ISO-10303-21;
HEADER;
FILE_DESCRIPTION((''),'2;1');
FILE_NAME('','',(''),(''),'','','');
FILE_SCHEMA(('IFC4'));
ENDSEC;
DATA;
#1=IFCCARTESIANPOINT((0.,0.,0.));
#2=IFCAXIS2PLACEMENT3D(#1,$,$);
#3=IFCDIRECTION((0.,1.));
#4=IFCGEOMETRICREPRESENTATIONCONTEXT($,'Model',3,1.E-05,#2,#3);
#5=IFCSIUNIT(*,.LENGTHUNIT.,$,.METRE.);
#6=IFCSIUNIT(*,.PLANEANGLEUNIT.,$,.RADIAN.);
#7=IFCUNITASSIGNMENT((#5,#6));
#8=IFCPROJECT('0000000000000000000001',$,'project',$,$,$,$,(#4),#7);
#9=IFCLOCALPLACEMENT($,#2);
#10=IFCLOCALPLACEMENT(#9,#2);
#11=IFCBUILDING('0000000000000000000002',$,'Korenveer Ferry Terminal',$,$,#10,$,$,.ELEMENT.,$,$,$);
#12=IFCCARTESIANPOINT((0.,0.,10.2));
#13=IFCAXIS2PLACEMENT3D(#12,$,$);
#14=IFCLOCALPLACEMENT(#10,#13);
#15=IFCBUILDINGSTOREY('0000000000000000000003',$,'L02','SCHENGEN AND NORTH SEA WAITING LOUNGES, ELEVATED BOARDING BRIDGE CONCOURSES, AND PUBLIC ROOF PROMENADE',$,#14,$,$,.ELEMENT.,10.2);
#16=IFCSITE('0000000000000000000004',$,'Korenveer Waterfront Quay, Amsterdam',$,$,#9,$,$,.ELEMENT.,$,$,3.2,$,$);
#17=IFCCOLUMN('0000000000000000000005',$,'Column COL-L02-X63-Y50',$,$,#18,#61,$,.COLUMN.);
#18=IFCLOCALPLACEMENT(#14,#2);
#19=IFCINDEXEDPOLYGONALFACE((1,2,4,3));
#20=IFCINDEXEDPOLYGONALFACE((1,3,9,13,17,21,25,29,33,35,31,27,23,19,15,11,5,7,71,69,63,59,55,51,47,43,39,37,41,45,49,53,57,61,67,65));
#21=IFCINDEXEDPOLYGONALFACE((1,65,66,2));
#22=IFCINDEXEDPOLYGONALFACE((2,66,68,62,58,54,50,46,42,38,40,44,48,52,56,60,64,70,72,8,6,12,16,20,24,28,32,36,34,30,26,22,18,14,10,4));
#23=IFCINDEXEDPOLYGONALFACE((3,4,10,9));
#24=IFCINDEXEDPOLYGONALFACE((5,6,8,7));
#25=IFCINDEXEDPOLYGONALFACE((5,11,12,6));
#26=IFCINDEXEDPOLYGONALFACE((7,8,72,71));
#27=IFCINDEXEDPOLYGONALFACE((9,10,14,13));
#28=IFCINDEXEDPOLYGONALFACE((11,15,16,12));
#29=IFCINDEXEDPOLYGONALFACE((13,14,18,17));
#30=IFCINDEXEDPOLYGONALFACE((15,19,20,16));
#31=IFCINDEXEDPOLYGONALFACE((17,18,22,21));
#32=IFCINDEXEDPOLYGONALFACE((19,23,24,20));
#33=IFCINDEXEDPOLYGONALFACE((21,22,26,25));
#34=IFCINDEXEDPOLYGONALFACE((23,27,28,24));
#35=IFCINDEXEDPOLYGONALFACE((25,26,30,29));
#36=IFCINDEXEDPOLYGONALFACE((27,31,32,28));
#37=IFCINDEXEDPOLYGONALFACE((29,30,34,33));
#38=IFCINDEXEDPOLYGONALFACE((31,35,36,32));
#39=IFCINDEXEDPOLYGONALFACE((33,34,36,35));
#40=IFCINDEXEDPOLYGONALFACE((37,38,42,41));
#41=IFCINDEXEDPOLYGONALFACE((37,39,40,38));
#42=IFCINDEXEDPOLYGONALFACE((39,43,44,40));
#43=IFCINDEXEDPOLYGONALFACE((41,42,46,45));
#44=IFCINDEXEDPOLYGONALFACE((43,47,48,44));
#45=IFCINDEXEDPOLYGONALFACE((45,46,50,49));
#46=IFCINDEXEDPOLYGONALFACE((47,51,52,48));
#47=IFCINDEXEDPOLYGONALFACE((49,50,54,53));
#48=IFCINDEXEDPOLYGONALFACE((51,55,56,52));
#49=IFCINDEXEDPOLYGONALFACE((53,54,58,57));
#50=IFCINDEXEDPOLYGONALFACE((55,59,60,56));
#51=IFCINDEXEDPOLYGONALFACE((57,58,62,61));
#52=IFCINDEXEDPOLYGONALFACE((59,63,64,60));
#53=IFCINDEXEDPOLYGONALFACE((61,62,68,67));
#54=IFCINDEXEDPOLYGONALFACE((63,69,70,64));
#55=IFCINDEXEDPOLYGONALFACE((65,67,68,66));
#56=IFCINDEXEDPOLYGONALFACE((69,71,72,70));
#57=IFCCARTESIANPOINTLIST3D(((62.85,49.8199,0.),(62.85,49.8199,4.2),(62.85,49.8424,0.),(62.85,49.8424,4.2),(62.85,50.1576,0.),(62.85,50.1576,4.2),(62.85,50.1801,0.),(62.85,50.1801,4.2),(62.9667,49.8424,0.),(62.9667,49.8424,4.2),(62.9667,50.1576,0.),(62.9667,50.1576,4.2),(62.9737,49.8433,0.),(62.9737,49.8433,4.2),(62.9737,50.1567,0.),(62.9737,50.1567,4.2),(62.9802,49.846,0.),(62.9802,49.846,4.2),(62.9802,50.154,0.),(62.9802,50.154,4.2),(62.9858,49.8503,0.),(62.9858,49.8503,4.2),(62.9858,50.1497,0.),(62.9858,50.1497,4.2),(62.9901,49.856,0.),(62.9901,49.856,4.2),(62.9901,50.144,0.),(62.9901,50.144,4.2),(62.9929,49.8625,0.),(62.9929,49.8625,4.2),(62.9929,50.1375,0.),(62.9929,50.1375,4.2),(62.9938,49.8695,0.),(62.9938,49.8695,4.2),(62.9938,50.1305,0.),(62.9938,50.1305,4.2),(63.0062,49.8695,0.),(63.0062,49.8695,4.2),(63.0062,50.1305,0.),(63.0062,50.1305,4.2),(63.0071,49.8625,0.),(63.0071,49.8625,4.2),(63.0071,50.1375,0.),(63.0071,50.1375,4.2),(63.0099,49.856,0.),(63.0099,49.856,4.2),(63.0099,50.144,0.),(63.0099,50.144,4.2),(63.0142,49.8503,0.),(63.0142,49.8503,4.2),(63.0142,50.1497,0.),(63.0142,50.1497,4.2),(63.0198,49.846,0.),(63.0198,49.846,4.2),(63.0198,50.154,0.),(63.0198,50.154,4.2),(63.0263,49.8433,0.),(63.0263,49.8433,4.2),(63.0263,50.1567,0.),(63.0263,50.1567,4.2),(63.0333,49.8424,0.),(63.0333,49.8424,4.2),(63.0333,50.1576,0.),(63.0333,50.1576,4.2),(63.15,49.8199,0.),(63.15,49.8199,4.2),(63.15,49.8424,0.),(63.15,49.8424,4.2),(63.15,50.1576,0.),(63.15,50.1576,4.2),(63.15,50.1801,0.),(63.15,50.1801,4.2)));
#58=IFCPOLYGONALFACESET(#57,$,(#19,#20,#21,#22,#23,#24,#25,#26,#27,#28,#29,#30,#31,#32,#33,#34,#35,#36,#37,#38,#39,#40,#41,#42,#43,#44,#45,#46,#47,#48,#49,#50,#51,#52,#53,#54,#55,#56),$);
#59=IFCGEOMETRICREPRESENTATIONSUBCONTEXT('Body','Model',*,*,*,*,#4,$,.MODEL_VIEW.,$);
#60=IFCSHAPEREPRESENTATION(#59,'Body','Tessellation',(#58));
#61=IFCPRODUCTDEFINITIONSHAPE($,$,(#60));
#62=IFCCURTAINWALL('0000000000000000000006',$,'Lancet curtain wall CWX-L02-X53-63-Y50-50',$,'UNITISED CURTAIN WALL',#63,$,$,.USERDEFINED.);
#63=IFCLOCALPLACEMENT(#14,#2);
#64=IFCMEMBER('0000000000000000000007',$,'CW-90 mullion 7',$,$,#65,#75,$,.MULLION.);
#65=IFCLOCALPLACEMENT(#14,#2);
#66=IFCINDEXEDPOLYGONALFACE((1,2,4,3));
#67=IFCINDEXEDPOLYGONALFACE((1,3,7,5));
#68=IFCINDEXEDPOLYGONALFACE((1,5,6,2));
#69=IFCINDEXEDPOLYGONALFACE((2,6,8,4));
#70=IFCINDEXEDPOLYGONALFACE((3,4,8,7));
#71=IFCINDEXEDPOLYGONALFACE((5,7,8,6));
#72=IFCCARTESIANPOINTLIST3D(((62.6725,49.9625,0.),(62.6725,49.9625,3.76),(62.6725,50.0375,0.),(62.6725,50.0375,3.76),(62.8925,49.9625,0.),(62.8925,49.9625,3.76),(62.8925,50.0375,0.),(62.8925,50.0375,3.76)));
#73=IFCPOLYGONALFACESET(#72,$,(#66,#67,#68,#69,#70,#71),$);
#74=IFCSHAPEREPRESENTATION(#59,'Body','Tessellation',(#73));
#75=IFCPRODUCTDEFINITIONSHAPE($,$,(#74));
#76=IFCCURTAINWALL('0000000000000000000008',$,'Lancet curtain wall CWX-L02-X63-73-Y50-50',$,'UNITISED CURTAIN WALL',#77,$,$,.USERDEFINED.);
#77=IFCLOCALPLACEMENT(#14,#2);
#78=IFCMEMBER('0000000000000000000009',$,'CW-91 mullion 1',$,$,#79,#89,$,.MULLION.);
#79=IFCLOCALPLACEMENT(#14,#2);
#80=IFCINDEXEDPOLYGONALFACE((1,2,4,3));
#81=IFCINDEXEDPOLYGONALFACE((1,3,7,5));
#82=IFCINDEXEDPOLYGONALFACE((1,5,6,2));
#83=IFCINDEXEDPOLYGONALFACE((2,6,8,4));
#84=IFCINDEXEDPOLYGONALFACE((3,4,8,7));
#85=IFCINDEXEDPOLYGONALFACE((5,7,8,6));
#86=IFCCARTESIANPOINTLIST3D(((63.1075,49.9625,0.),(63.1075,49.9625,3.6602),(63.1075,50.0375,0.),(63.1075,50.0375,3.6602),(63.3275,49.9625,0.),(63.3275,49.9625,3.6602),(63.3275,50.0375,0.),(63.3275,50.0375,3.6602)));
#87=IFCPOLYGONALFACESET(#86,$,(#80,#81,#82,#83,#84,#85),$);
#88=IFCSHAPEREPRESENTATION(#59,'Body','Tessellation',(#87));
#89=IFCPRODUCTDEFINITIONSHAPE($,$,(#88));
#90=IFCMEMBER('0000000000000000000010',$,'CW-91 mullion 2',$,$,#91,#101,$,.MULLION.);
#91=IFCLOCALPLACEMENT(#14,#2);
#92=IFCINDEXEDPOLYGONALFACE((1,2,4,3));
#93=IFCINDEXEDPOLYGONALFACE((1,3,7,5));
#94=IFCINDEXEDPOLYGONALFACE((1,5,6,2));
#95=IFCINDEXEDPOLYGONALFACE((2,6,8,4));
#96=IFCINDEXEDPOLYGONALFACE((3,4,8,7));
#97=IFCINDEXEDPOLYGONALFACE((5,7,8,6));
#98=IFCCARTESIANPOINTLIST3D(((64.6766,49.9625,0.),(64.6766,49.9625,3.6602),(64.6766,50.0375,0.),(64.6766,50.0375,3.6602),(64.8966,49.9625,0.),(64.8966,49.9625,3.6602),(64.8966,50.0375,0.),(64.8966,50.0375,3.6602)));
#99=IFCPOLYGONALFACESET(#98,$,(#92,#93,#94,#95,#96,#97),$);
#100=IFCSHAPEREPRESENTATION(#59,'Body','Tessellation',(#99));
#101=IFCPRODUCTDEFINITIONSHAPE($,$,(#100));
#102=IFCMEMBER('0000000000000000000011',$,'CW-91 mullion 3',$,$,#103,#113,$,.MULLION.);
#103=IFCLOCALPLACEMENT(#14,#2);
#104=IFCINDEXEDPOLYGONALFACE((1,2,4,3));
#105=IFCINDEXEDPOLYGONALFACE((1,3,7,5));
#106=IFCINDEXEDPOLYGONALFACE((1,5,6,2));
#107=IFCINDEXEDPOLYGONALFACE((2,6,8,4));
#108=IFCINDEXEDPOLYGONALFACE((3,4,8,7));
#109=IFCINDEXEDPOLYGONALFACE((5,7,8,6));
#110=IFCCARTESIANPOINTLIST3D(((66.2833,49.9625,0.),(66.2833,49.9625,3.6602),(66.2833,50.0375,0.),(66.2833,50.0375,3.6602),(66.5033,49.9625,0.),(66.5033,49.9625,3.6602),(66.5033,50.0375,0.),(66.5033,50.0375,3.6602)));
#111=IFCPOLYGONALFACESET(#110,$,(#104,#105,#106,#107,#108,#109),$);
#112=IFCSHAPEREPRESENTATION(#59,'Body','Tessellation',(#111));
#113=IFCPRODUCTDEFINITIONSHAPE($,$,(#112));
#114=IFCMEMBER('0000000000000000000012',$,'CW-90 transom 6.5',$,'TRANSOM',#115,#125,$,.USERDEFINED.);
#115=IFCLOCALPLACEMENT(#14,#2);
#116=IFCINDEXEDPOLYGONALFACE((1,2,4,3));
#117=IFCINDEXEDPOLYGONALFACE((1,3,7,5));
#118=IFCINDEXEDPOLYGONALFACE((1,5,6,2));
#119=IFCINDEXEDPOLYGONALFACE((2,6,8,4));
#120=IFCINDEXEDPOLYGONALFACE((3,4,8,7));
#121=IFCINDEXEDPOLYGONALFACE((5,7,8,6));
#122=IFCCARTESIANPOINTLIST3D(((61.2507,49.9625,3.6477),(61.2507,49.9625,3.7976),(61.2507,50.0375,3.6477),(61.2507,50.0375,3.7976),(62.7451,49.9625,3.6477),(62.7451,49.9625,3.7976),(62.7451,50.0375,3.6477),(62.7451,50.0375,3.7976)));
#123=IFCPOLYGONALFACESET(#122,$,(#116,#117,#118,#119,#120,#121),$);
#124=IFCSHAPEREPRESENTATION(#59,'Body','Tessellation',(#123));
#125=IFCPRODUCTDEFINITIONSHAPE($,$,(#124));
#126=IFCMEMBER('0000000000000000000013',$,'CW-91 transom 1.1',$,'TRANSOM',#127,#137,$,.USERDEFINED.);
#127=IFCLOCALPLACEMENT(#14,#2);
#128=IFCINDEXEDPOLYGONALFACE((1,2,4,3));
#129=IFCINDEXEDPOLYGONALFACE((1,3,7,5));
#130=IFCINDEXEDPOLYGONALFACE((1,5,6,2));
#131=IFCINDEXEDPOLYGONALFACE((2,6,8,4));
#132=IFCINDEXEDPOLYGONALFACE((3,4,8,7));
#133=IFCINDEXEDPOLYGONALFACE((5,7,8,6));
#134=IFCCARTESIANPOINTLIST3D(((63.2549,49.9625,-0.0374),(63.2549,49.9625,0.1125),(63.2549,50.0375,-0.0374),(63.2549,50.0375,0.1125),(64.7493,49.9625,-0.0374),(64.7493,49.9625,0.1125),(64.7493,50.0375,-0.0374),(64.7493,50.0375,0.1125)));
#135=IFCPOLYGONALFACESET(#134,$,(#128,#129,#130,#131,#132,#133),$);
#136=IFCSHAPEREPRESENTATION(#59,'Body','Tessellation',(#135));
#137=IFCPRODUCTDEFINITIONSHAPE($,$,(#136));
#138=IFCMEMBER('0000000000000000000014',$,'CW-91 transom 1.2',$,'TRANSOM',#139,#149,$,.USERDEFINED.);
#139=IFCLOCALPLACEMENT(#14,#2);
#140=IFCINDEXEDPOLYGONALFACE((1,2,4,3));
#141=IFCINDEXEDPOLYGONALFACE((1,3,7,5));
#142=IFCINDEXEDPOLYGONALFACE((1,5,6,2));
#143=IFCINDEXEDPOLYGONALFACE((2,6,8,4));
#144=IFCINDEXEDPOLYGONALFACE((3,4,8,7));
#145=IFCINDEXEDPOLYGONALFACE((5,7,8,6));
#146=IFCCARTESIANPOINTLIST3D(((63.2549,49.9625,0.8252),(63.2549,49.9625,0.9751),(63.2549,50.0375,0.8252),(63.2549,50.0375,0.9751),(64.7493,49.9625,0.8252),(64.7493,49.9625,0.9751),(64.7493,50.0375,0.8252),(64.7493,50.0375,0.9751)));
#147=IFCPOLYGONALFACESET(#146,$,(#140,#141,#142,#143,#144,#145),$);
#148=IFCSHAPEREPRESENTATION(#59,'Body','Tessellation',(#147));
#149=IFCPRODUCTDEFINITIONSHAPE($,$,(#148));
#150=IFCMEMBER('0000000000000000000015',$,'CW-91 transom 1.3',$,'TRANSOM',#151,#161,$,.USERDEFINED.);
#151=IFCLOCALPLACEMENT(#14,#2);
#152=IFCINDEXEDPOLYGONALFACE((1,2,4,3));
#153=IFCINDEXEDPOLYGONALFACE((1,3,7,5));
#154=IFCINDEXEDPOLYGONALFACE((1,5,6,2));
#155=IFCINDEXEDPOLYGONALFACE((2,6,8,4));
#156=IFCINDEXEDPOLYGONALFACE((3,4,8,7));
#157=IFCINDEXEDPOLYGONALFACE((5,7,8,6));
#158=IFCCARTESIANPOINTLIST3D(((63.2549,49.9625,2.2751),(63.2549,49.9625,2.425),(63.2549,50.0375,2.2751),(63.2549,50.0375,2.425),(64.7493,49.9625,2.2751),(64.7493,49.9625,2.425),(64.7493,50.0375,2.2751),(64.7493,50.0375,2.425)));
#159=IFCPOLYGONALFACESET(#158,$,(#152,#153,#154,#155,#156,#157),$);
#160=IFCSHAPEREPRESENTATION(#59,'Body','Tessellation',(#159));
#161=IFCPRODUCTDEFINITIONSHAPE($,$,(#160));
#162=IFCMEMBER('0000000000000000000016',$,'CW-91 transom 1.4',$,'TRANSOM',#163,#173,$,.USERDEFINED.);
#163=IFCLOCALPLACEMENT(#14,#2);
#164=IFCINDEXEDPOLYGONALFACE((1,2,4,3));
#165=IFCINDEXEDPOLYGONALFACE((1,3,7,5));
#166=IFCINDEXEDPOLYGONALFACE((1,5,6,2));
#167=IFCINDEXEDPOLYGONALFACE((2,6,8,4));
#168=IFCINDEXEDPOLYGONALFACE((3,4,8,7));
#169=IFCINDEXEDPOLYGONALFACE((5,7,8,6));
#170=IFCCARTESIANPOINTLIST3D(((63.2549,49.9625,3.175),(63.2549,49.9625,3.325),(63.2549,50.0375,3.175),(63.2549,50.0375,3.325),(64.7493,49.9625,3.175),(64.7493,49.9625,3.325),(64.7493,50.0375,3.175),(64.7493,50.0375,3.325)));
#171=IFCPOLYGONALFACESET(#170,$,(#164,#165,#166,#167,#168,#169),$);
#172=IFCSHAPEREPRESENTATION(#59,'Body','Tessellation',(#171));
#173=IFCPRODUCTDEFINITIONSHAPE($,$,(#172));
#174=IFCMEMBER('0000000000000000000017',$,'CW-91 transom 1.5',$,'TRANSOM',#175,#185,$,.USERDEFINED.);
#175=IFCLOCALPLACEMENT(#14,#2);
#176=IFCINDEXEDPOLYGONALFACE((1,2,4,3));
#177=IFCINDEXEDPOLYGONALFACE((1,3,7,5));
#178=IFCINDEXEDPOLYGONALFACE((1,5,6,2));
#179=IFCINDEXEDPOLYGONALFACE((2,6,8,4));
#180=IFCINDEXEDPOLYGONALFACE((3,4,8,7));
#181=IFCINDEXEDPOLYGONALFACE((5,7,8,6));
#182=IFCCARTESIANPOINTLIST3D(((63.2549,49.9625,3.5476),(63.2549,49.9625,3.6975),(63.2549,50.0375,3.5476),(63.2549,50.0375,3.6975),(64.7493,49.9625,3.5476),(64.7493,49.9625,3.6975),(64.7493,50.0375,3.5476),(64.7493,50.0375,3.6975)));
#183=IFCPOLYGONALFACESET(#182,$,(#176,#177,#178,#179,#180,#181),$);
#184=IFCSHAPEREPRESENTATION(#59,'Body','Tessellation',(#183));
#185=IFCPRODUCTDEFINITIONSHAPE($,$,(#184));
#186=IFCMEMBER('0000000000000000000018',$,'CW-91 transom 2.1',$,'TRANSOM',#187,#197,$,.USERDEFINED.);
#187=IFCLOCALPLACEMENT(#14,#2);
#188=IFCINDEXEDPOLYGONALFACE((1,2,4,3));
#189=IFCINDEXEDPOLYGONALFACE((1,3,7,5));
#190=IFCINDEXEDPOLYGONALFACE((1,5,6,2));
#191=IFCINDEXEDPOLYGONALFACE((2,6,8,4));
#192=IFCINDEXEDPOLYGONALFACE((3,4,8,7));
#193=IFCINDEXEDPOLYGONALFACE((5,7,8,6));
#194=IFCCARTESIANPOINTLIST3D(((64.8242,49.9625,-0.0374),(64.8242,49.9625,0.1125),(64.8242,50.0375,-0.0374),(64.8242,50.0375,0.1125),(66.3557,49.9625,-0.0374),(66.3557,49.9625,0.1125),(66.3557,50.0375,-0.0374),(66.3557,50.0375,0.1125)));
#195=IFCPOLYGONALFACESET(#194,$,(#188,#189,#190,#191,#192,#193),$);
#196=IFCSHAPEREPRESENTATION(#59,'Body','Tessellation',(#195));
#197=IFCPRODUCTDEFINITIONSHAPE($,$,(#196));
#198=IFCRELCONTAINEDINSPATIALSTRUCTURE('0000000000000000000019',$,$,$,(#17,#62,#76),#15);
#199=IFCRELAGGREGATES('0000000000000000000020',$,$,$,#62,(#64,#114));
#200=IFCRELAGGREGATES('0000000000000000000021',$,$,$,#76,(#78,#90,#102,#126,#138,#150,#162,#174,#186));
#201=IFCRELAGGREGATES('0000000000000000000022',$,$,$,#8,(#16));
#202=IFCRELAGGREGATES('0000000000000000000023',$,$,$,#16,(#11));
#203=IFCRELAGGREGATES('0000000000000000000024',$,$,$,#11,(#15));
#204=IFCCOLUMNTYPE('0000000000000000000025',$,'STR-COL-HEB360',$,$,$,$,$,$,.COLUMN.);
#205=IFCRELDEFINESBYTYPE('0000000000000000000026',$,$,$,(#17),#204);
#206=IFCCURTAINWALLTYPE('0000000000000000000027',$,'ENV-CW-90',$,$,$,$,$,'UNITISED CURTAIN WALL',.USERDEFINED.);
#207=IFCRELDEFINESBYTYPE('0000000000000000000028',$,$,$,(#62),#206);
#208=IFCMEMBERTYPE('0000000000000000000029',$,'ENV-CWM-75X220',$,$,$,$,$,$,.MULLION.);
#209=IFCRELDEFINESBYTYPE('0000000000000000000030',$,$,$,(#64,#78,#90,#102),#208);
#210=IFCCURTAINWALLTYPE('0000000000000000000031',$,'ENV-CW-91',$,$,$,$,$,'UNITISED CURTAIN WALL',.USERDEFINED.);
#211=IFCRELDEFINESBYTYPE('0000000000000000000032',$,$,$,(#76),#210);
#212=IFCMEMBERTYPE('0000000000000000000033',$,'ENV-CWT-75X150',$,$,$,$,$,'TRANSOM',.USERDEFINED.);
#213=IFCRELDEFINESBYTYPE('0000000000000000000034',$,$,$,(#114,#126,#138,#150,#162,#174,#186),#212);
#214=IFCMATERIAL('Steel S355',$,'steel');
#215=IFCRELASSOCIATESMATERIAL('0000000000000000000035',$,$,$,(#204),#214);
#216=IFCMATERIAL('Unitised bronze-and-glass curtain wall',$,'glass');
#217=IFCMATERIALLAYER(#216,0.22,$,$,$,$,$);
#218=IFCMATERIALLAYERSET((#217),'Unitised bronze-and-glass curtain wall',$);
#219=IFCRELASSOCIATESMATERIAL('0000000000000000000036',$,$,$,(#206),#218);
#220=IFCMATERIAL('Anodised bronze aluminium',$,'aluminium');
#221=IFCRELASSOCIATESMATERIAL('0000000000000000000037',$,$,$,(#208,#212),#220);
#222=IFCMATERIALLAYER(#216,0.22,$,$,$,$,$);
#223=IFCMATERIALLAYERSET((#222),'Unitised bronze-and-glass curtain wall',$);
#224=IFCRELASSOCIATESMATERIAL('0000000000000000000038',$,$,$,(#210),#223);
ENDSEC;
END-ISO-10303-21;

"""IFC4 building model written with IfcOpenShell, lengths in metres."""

from ifc_helpers import new_model, si_unit, direction, frame, origin, origin_2d, place, context, subcontext, project, spatial, rectangle, i_section, extrude, material, layer, layer_set, material_profile, profile_set, type_object, element, aggregate, save


model = new_model("IFC4")

# Units and contexts
model_context = context("Model", 3, precision=1e-05, world=origin(), true_north=direction((0.0, 1.0)))
body_context = subcontext(model_context, "Body", "Model", "MODEL_VIEW")
ifc_project = project(units=[si_unit("LENGTHUNIT", "METRE"), si_unit("PLANEANGLEUNIT", "RADIAN")], contexts=[model_context])

# Site, building, storey
site_placement = place(None, origin())
site = spatial("IfcSite", under=ifc_project, at=site_placement, Name="Korenveer Waterfront Quay, Amsterdam", CompositionType="ELEMENT", RefElevation=3.2)
building_placement = place(site_placement, origin())
building = spatial("IfcBuilding", under=site, at=building_placement, Name="Korenveer Ferry Terminal", CompositionType="ELEMENT")
storey_placement = place(building_placement, frame((0.0, 0.0, 10.2)))
storey = spatial("IfcBuildingStorey", under=building, at=storey_placement, Name="L02", Description="SCHENGEN AND NORTH SEA WAITING LOUNGES, ELEVATED BOARDING BRIDGE CONCOURSES, AND PUBLIC ROOF PROMENADE", CompositionType="ELEMENT", Elevation=10.2)

# Column
ifc_material_1 = material(Name="Steel S355", Category="steel")
ifc_material_profile_1 = material_profile(ifc_material_1, i_section(OverallWidth=0.3, OverallDepth=0.3601, WebThickness=0.0125, FlangeThickness=0.0225, FilletRadius=0.0271, at=origin_2d()), Name="HEB 360")
ifc_profile_set_1 = profile_set([ifc_material_profile_1], Name="Steel S355")
column_type = type_object("IfcColumnType", Name="STR-COL-HEB360", PredefinedType="COLUMN", material=ifc_profile_set_1)
column_placement = place(storey_placement, frame((63.0, 50.0, 0.0), z_axis=(0.0, 0.0, 1.0), x_axis=(1.0, 0.0, 0.0)))
element("IfcColumn", 1, at=column_placement, inside=storey, type_object=column_type, Name="Column COL-L02-X63-Y50", PredefinedType="COLUMN", context=body_context, shape_type="SweptSolid", body=[
    extrude(i_section(OverallWidth=0.3, OverallDepth=0.3601, WebThickness=0.0125, FlangeThickness=0.0225, FilletRadius=0.0271, at=origin_2d()), origin(), (0.0, 0.0, 1.0), 4.2),
])

# Curtain wall, member
ifc_material_2 = material(Name="Unitised bronze-and-glass curtain wall", Category="glass")
ifc_layer_1 = layer(ifc_material_2, 0.22)
ifc_layer_set_1 = layer_set([ifc_layer_1], Name="Unitised bronze-and-glass curtain wall")
curtain_wall_type_1 = type_object("IfcCurtainWallType", Name="ENV-CW-90", ElementType="UNITISED CURTAIN WALL", PredefinedType="USERDEFINED", material=ifc_layer_set_1)
curtain_wall_1_placement = place(storey_placement, frame((53.1799, 50.0, 0.0)))
curtain_wall_1 = element("IfcCurtainWall", 2, at=curtain_wall_1_placement, inside=storey, type_object=curtain_wall_type_1, Name="Lancet curtain wall CWX-L02-X53-63-Y50-50", ObjectType="UNITISED CURTAIN WALL", PredefinedType="USERDEFINED")
ifc_material_3 = material(Name="Anodised bronze aluminium", Category="aluminium")
ifc_material_profile_2 = material_profile(ifc_material_3, rectangle(XDim=0.075, YDim=0.22, at=origin_2d()), Name="ALU 75x220")
ifc_profile_set_2 = profile_set([ifc_material_profile_2], Name="Anodised bronze aluminium")
member_type_1 = type_object("IfcMemberType", Name="ENV-CWM-75X220", PredefinedType="MULLION", material=ifc_profile_set_2)
member_1_placement = place(storey_placement, frame((62.7825, 50.0, 0.0), z_axis=(0.0, 0.0, 1.0), x_axis=(0.0, 1.0, 0.0)))
member_1 = element("IfcMember", 3, at=member_1_placement, type_object=member_type_1, Name="CW-90 mullion 7", PredefinedType="MULLION", context=body_context, shape_type="SweptSolid", body=[
    extrude(rectangle(XDim=0.075, YDim=0.22, at=origin_2d()), origin(), (0.0, 0.0, 1.0), 3.76),
])

# Curtain wall, members
ifc_layer_2 = layer(ifc_material_2, 0.22)
ifc_layer_set_2 = layer_set([ifc_layer_2], Name="Unitised bronze-and-glass curtain wall")
curtain_wall_type_2 = type_object("IfcCurtainWallType", Name="ENV-CW-91", ElementType="UNITISED CURTAIN WALL", PredefinedType="USERDEFINED", material=ifc_layer_set_2)
curtain_wall_2_placement = place(storey_placement, frame((63.1799, 50.0, 0.0)))
curtain_wall_2 = element("IfcCurtainWall", 4, at=curtain_wall_2_placement, inside=storey, type_object=curtain_wall_type_2, Name="Lancet curtain wall CWX-L02-X63-73-Y50-50", ObjectType="UNITISED CURTAIN WALL", PredefinedType="USERDEFINED")
member_2_placement = place(storey_placement, frame((63.2175, 50.0, 0.0), z_axis=(0.0, 0.0, 1.0), x_axis=(0.0, 1.0, 0.0)))
member_2 = element("IfcMember", 5, at=member_2_placement, type_object=member_type_1, Name="CW-91 mullion 1", PredefinedType="MULLION", context=body_context, shape_type="SweptSolid", body=[
    extrude(rectangle(XDim=0.075, YDim=0.22, at=origin_2d()), origin(), (0.0, 0.0, 1.0), 3.6602),
])
member_3_placement = place(storey_placement, frame((64.7866, 50.0, 0.0), z_axis=(0.0, 0.0, 1.0), x_axis=(0.0, 1.0, 0.0)))
member_3 = element("IfcMember", 6, at=member_3_placement, type_object=member_type_1, Name="CW-91 mullion 2", PredefinedType="MULLION", context=body_context, shape_type="SweptSolid", body=[
    extrude(rectangle(XDim=0.075, YDim=0.22, at=origin_2d()), origin(), (0.0, 0.0, 1.0), 3.6602),
])
member_4_placement = place(storey_placement, frame((66.3933, 50.0, 0.0), z_axis=(0.0, 0.0, 1.0), x_axis=(0.0, 1.0, 0.0)))
member_4 = element("IfcMember", 7, at=member_4_placement, type_object=member_type_1, Name="CW-91 mullion 3", PredefinedType="MULLION", context=body_context, shape_type="SweptSolid", body=[
    extrude(rectangle(XDim=0.075, YDim=0.22, at=origin_2d()), origin(), (0.0, 0.0, 1.0), 3.6602),
])

# Members
ifc_material_profile_3 = material_profile(ifc_material_3, rectangle(XDim=0.075, YDim=0.1499, at=origin_2d()), Name="ALU 75x150")
ifc_profile_set_3 = profile_set([ifc_material_profile_3], Name="Anodised bronze aluminium")
member_type_2 = type_object("IfcMemberType", Name="ENV-CWT-75X150", ElementType="TRANSOM", PredefinedType="USERDEFINED", material=ifc_profile_set_3)
member_5_placement = place(storey_placement, frame((61.2507, 50.0, 3.7227), z_axis=(1.0, 0.0, 0.0), x_axis=(0.0, 1.0, 0.0)))
member_5 = element("IfcMember", 8, at=member_5_placement, type_object=member_type_2, Name="CW-90 transom 6.5", ObjectType="TRANSOM", PredefinedType="USERDEFINED", context=body_context, shape_type="SweptSolid", body=[
    extrude(rectangle(XDim=0.075, YDim=0.1499, at=origin_2d()), origin(), (0.0, 0.0, 1.0), 1.4944),
])
member_6_placement = place(storey_placement, frame((63.2549, 50.0, 0.0376), z_axis=(1.0, 0.0, 0.0), x_axis=(0.0, 1.0, 0.0)))
member_6 = element("IfcMember", 9, at=member_6_placement, type_object=member_type_2, Name="CW-91 transom 1.1", ObjectType="TRANSOM", PredefinedType="USERDEFINED", context=body_context, shape_type="SweptSolid", body=[
    extrude(rectangle(XDim=0.075, YDim=0.1499, at=origin_2d()), origin(), (0.0, 0.0, 1.0), 1.4944),
])
member_7_placement = place(storey_placement, frame((63.2549, 50.0, 0.9001), z_axis=(1.0, 0.0, 0.0), x_axis=(0.0, 1.0, 0.0)))
member_7 = element("IfcMember", 10, at=member_7_placement, type_object=member_type_2, Name="CW-91 transom 1.2", ObjectType="TRANSOM", PredefinedType="USERDEFINED", context=body_context, shape_type="SweptSolid", body=[
    extrude(rectangle(XDim=0.075, YDim=0.1499, at=origin_2d()), origin(), (0.0, 0.0, 1.0), 1.4944),
])
member_8_placement = place(storey_placement, frame((63.2549, 50.0, 2.3501), z_axis=(1.0, 0.0, 0.0), x_axis=(0.0, 1.0, 0.0)))
member_8 = element("IfcMember", 11, at=member_8_placement, type_object=member_type_2, Name="CW-91 transom 1.3", ObjectType="TRANSOM", PredefinedType="USERDEFINED", context=body_context, shape_type="SweptSolid", body=[
    extrude(rectangle(XDim=0.075, YDim=0.1499, at=origin_2d()), origin(), (0.0, 0.0, 1.0), 1.4944),
])
member_9_placement = place(storey_placement, frame((63.2549, 50.0, 3.25), z_axis=(1.0, 0.0, 0.0), x_axis=(0.0, 1.0, 0.0)))
member_9 = element("IfcMember", 12, at=member_9_placement, type_object=member_type_2, Name="CW-91 transom 1.4", ObjectType="TRANSOM", PredefinedType="USERDEFINED", context=body_context, shape_type="SweptSolid", body=[
    extrude(rectangle(XDim=0.075, YDim=0.1499, at=origin_2d()), origin(), (0.0, 0.0, 1.0), 1.4944),
])
member_10_placement = place(storey_placement, frame((63.2549, 50.0, 3.6226), z_axis=(1.0, 0.0, 0.0), x_axis=(0.0, 1.0, 0.0)))
member_10 = element("IfcMember", 13, at=member_10_placement, type_object=member_type_2, Name="CW-91 transom 1.5", ObjectType="TRANSOM", PredefinedType="USERDEFINED", context=body_context, shape_type="SweptSolid", body=[
    extrude(rectangle(XDim=0.075, YDim=0.1499, at=origin_2d()), origin(), (0.0, 0.0, 1.0), 1.4944),
])
member_11_placement = place(storey_placement, frame((64.8242, 50.0, 0.0376), z_axis=(1.0, 0.0, 0.0), x_axis=(0.0, 1.0, 0.0)))
member_11 = element("IfcMember", 14, at=member_11_placement, type_object=member_type_2, Name="CW-91 transom 2.1", ObjectType="TRANSOM", PredefinedType="USERDEFINED", context=body_context, shape_type="SweptSolid", body=[
    extrude(rectangle(XDim=0.075, YDim=0.1499, at=origin_2d()), origin(), (0.0, 0.0, 1.0), 1.5315),
])

aggregate(curtain_wall_1, [member_1, member_5])
aggregate(curtain_wall_2, [member_2, member_3, member_4, member_6, member_7, member_8, member_9, member_10, member_11])

save(model, "model.ifc")
